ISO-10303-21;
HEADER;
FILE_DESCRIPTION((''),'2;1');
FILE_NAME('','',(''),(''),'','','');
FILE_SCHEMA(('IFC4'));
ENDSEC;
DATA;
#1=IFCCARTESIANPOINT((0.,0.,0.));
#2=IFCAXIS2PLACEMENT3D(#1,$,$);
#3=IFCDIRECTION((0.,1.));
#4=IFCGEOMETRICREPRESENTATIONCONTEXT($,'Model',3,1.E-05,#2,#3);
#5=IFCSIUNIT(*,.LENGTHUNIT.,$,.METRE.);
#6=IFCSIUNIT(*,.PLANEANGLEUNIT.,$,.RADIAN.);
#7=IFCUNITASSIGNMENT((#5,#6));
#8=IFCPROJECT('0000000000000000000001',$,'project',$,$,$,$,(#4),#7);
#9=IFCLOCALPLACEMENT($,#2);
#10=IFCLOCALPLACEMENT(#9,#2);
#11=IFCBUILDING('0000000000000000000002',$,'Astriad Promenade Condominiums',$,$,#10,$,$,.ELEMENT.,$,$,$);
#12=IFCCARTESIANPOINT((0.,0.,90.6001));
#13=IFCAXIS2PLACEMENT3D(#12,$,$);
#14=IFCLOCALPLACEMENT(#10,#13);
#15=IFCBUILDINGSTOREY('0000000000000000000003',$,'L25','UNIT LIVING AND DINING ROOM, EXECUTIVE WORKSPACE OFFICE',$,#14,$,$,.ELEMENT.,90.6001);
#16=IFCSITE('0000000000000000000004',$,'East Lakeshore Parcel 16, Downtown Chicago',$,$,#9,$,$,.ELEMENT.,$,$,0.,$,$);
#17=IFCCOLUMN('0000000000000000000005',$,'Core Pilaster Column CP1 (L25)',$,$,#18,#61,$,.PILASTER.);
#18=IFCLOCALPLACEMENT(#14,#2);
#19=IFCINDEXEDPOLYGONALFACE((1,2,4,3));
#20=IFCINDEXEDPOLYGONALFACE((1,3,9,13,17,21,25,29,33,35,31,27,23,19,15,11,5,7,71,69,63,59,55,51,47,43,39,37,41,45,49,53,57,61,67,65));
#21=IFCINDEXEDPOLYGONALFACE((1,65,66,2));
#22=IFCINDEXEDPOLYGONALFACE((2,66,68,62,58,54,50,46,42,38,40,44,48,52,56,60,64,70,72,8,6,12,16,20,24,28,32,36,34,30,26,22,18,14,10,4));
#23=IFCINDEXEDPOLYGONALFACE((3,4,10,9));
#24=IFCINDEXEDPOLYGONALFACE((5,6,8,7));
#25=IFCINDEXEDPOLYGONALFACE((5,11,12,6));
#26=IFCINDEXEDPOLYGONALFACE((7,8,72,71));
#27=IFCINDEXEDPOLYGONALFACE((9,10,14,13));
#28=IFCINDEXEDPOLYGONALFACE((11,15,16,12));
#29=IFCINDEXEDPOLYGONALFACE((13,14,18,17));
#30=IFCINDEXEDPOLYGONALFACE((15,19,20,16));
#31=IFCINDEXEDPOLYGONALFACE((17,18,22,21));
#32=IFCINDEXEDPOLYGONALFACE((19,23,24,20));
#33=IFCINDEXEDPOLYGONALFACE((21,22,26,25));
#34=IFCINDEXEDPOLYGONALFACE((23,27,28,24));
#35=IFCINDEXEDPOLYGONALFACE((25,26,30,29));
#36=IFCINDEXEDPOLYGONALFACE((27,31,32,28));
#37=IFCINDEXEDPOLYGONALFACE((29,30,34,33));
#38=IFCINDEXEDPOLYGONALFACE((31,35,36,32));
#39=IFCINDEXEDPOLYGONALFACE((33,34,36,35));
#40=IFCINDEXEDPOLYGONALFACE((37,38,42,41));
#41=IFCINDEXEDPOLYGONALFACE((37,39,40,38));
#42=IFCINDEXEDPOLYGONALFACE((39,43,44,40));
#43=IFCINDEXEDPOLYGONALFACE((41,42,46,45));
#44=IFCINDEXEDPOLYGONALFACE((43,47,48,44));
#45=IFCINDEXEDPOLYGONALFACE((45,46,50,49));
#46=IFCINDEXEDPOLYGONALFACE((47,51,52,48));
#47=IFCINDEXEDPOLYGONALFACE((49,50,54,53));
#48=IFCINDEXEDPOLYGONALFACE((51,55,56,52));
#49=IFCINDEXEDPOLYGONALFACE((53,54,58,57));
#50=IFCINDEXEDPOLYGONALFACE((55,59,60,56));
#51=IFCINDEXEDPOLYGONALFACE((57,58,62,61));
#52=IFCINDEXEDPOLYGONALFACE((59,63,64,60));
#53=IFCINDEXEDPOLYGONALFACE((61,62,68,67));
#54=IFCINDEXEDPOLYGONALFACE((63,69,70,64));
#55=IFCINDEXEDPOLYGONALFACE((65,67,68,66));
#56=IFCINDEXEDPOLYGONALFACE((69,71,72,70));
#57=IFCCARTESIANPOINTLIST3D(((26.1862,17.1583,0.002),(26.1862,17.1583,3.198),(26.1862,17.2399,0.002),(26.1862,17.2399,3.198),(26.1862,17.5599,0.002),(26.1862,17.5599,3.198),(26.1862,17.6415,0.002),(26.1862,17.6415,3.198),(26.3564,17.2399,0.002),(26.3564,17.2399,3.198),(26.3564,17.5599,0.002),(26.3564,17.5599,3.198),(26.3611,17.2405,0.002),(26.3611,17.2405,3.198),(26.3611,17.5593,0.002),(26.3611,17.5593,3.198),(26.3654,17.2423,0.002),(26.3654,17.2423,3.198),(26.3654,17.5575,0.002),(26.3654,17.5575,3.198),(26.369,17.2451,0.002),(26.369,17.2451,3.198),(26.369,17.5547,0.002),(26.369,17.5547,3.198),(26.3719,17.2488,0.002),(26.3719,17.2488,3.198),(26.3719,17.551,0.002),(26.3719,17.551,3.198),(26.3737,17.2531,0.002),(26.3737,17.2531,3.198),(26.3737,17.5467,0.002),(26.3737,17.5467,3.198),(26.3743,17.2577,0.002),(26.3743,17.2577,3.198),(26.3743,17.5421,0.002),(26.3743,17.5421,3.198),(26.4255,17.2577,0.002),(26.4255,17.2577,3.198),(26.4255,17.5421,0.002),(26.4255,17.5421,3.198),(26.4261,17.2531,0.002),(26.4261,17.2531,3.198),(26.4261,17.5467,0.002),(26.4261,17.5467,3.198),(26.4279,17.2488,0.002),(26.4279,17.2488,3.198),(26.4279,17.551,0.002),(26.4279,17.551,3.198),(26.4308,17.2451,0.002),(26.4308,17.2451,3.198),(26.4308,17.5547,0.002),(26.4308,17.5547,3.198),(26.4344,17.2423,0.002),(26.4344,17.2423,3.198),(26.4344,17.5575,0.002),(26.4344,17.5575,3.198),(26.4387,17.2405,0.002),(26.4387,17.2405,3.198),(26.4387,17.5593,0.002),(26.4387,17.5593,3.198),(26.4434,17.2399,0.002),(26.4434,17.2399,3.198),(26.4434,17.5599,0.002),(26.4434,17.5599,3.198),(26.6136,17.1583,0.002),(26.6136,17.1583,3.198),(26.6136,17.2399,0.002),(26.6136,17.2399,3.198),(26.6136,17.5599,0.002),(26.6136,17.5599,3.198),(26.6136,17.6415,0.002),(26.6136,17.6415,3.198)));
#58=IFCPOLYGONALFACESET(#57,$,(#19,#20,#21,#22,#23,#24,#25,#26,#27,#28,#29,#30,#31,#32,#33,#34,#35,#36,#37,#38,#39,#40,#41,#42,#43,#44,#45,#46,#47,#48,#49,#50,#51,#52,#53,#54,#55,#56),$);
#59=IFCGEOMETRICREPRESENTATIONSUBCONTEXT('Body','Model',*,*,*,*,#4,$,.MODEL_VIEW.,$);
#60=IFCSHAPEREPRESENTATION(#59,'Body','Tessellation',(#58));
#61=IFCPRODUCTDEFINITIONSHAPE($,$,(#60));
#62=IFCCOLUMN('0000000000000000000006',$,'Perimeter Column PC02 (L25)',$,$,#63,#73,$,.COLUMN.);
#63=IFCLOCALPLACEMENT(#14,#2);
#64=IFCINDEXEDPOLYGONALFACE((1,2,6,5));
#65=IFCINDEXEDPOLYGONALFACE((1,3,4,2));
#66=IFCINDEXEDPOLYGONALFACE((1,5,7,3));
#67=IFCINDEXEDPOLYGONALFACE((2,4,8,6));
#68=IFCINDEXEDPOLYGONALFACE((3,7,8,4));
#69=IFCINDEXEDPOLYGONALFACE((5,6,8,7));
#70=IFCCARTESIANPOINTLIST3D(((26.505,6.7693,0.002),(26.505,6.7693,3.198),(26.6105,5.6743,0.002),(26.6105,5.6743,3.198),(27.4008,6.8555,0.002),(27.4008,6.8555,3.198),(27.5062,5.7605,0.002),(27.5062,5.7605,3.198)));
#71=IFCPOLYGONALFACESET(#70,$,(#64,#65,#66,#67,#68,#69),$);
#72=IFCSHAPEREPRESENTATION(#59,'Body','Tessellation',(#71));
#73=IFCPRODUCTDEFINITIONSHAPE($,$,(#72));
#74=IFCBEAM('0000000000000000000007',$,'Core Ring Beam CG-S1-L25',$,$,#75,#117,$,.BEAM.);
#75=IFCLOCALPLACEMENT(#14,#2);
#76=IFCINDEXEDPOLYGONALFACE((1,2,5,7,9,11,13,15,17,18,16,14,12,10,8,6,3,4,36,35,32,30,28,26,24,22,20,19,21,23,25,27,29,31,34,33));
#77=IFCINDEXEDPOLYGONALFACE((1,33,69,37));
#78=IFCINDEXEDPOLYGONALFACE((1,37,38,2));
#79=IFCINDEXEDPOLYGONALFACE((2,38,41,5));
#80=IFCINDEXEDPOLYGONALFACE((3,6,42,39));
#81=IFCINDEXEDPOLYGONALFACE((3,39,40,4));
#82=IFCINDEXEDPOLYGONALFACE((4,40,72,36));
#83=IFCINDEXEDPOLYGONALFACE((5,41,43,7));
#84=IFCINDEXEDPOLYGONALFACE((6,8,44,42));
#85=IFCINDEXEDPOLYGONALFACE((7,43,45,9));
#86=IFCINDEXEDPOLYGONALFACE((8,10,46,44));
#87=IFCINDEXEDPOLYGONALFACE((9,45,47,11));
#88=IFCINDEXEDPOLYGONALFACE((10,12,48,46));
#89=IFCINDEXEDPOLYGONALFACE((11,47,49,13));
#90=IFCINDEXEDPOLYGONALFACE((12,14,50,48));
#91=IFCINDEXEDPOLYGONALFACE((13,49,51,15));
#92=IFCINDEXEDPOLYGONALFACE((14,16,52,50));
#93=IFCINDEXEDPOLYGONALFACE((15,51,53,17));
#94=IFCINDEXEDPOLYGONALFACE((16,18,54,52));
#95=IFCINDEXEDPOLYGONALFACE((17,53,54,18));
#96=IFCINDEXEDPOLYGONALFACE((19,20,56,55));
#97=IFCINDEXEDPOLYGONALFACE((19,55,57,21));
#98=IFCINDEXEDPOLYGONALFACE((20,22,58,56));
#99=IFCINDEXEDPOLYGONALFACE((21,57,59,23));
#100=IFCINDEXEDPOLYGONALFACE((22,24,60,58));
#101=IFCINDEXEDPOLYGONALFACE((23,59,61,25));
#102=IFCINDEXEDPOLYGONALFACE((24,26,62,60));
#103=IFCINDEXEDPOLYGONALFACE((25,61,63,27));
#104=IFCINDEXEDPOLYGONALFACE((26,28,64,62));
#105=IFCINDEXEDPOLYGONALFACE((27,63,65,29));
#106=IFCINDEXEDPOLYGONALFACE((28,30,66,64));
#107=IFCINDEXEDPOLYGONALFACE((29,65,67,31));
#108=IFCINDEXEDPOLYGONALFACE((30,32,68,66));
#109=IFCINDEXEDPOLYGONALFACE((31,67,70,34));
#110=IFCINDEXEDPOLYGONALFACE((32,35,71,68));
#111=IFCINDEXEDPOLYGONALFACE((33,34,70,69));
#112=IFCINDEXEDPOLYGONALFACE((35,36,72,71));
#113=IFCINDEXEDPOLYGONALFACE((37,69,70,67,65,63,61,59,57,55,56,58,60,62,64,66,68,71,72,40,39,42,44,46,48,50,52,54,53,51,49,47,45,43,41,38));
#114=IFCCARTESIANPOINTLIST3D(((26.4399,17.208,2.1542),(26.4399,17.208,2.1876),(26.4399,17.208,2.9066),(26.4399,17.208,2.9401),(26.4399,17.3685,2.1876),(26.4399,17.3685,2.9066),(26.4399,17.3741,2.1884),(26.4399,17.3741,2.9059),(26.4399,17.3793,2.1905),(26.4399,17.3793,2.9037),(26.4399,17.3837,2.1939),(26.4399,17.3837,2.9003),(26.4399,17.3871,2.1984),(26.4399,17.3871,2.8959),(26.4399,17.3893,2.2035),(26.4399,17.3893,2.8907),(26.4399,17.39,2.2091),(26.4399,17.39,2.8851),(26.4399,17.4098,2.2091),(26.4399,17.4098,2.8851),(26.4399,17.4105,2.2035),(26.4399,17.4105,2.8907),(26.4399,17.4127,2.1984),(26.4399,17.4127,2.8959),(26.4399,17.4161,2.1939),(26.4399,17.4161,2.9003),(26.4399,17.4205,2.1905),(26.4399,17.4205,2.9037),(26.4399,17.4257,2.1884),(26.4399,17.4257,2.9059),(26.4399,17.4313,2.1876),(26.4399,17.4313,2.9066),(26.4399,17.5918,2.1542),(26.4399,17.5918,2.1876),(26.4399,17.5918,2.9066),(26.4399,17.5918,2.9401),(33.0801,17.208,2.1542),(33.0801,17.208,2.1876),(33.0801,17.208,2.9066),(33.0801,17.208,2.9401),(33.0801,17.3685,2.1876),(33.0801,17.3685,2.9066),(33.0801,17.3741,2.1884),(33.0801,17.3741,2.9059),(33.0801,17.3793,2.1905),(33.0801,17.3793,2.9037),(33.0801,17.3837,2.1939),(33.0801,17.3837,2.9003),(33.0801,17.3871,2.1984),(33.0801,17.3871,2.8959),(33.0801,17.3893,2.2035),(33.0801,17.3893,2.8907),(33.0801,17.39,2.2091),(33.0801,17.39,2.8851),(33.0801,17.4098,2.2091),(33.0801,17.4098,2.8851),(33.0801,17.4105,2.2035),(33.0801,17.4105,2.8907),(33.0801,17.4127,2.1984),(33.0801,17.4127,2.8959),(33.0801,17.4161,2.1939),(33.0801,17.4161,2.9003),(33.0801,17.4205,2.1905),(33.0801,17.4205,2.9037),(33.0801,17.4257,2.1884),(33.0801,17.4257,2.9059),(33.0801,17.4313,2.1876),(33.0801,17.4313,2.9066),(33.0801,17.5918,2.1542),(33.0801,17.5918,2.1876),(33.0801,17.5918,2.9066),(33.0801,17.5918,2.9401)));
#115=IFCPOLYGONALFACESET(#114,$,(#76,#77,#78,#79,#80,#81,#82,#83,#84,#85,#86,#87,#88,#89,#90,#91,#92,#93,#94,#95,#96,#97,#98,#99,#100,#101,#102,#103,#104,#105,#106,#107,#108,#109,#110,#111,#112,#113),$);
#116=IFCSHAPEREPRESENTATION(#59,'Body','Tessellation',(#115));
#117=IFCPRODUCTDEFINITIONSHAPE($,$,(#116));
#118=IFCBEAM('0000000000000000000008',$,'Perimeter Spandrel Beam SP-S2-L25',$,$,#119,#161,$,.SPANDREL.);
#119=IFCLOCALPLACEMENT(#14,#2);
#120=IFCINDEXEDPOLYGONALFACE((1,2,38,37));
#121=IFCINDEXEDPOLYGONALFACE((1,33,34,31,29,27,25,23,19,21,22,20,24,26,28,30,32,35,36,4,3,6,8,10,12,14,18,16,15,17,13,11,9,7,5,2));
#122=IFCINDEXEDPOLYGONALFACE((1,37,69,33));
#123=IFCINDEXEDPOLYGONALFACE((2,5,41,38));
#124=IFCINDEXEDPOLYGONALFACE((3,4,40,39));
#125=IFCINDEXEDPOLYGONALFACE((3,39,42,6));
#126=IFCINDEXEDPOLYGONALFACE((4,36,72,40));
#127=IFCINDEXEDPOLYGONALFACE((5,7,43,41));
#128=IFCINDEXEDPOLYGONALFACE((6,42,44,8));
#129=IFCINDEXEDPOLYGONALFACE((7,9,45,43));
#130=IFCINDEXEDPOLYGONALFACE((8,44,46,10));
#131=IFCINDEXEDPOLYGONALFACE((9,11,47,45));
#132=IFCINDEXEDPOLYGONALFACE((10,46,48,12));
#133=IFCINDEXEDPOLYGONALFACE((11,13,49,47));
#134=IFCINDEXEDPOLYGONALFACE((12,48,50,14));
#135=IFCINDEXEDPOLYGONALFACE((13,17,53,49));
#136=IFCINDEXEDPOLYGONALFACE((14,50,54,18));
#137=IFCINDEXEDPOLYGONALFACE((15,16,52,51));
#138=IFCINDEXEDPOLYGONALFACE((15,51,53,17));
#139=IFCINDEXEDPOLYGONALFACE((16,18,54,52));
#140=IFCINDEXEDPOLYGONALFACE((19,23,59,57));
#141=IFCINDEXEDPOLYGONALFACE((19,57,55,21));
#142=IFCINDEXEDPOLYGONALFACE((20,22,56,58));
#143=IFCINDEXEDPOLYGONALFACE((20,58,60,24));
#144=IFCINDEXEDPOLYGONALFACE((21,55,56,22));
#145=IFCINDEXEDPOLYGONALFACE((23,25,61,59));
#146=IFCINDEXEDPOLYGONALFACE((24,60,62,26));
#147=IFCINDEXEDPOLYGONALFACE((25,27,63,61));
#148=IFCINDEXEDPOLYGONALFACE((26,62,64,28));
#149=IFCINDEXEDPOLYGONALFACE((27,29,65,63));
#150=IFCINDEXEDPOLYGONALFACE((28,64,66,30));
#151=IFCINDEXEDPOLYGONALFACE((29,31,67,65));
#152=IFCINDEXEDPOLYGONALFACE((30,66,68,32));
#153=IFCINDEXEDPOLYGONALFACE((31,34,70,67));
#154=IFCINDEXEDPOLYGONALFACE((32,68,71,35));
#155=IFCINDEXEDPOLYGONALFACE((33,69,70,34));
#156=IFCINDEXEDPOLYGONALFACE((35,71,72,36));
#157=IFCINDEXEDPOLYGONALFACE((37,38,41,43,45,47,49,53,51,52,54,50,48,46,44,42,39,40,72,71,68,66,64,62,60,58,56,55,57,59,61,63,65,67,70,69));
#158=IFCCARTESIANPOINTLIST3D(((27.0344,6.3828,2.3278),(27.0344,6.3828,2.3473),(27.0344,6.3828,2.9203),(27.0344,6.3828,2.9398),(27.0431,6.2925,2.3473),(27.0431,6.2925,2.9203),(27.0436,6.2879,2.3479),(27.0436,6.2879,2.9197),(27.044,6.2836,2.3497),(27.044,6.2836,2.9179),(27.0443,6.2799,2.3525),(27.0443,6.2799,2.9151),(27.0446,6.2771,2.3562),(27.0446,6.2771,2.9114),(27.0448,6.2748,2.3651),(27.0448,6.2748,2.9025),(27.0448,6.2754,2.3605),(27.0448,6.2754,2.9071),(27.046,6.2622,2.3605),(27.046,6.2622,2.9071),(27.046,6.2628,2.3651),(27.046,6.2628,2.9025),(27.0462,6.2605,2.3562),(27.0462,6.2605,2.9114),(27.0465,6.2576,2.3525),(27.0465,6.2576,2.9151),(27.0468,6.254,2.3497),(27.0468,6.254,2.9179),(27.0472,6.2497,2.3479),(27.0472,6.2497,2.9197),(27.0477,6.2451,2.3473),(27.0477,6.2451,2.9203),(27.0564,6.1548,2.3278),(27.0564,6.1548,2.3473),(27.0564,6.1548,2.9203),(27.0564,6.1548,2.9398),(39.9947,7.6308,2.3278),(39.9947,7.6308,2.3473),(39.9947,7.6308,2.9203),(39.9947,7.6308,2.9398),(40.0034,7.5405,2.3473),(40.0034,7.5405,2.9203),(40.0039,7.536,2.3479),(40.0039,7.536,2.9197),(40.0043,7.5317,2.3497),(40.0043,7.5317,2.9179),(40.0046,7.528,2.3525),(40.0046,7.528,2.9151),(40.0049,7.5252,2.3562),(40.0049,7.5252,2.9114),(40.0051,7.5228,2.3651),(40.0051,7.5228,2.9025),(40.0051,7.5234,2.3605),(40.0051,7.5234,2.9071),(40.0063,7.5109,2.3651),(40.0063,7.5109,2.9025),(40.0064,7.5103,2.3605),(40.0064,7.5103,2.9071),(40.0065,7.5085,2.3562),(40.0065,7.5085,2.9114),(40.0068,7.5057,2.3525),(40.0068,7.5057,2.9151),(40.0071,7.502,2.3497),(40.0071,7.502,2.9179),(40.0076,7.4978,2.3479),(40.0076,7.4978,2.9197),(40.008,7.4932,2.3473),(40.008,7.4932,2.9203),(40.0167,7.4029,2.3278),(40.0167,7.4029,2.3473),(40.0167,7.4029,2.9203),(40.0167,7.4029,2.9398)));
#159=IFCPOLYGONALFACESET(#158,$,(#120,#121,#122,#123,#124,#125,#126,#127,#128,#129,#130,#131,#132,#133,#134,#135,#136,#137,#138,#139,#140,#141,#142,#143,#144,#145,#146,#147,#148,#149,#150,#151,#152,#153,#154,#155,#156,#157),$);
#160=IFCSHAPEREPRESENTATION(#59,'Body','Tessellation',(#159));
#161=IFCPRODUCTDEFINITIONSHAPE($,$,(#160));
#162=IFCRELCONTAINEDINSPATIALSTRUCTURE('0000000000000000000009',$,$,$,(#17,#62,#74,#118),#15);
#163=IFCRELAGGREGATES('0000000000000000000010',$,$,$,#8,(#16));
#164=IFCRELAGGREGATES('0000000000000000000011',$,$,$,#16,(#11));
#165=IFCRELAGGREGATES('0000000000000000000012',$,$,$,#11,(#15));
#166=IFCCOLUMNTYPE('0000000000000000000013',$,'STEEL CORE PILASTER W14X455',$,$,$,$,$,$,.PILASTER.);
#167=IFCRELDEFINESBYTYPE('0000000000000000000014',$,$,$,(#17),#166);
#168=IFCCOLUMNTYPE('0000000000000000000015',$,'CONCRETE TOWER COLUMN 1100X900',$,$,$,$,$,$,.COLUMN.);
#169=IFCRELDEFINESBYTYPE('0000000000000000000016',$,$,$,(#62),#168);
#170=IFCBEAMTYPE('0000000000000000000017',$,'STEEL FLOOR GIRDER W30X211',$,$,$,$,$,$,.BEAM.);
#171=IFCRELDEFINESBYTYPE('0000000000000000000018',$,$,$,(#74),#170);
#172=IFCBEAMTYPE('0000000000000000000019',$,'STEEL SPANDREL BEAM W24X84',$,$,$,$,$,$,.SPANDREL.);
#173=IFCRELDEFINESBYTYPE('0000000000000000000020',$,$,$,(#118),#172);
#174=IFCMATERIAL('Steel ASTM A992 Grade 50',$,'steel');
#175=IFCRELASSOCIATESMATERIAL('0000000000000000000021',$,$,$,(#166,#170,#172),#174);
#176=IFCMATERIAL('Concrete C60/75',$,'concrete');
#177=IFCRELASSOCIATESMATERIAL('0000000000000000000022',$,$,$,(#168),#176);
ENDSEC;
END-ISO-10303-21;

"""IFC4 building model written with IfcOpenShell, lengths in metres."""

from ifc_helpers import new_model, si_unit, direction, frame, origin, origin_2d, place, context, subcontext, project, spatial, rectangle, i_section, extrude, source, transform, mapped, material, material_profile, profile_set, type_object, type_shapes, element, save


model = new_model("IFC4")

# Units and contexts
model_context = context("Model", 3, precision=1e-05, world=origin(), true_north=direction((0.0, 1.0)))
body_context = subcontext(model_context, "Body", "Model", "MODEL_VIEW")
ifc_project = project(units=[si_unit("LENGTHUNIT", "METRE"), si_unit("PLANEANGLEUNIT", "RADIAN")], contexts=[model_context])

# Site, building, storey
site_placement = place(None, origin())
site = spatial("IfcSite", under=ifc_project, at=site_placement, Name="East Lakeshore Parcel 16, Downtown Chicago", CompositionType="ELEMENT", RefElevation=0.0)
building_placement = place(site_placement, origin())
building = spatial("IfcBuilding", under=site, at=building_placement, Name="Astriad Promenade Condominiums", CompositionType="ELEMENT")
storey_placement = place(building_placement, frame((0.0, 0.0, 90.6001)))
storey = spatial("IfcBuildingStorey", under=building, at=storey_placement, Name="L25", Description="UNIT LIVING AND DINING ROOM, EXECUTIVE WORKSPACE OFFICE", CompositionType="ELEMENT", Elevation=90.6001)

# Columns
ifc_material_1 = material(Name="Steel ASTM A992 Grade 50", Category="steel")
ifc_material_profile_1 = material_profile(ifc_material_1, i_section(OverallWidth=0.4275, OverallDepth=0.4832, WebThickness=0.0513, FlangeThickness=0.0815, FilletRadius=0.0178, at=origin_2d()), Name="W14X455")
ifc_profile_set_1 = profile_set([ifc_material_profile_1], Name="Steel ASTM A992 Grade 50")
column_type_1 = type_object("IfcColumnType", Name="STEEL CORE PILASTER W14X455", PredefinedType="PILASTER", material=ifc_profile_set_1)
shared_shape_1 = source(origin(), body_context, "Body", "SweptSolid", [
    extrude(i_section(OverallWidth=0.4275, OverallDepth=0.4832, WebThickness=0.0513, FlangeThickness=0.0815, FilletRadius=0.0178, at=origin_2d()), origin(), (0.0, 0.0, 1.0), 3.196),
])
type_shapes(column_type_1, [shared_shape_1])
column_1_placement = place(storey_placement, frame((26.3999, 17.3999, 0.002), z_axis=(0.0, 0.0, 1.0), x_axis=(1.0, 0.0, 0.0)))
element("IfcColumn", 1, at=column_1_placement, inside=storey, type_object=column_type_1, Name="Core Pilaster Column CP1 (L25)", PredefinedType="PILASTER", context=body_context, shape_type="MappedRepresentation", body=[
    mapped(shared_shape_1, transform((0.0, 0.0, 0.0), scale=1.0)),
])
ifc_material_2 = material(Name="Concrete C60/75", Category="concrete")
ifc_material_profile_2 = material_profile(ifc_material_2, rectangle(XDim=0.8999, YDim=1.1001, at=origin_2d()), Name="RC-COL-1100X900")
ifc_profile_set_2 = profile_set([ifc_material_profile_2], Name="Concrete C60/75")
column_type_2 = type_object("IfcColumnType", Name="CONCRETE TOWER COLUMN 1100X900", PredefinedType="COLUMN", material=ifc_profile_set_2)
shared_shape_2 = source(origin(), body_context, "Body", "SweptSolid", [
    extrude(rectangle(XDim=0.8999, YDim=1.1001, at=origin_2d()), origin(), (0.0, 0.0, 1.0), 3.196),
])
type_shapes(column_type_2, [shared_shape_2])
column_2_placement = place(storey_placement, frame((27.0056, 6.2649, 0.002), z_axis=(0.0, 0.0, 1.0), x_axis=(0.995396, 0.095846, 0.0)))
element("IfcColumn", 2, at=column_2_placement, inside=storey, type_object=column_type_2, Name="Perimeter Column PC02 (L25)", PredefinedType="COLUMN", context=body_context, shape_type="MappedRepresentation", body=[
    mapped(shared_shape_2, transform((0.0, 0.0, 0.0), scale=1.0)),
])

# Beams
ifc_material_profile_3 = material_profile(ifc_material_1, i_section(OverallWidth=0.3838, OverallDepth=0.7859, WebThickness=0.0198, FlangeThickness=0.0334, FilletRadius=0.0215, at=origin_2d()), Name="W30X211")
ifc_profile_set_3 = profile_set([ifc_material_profile_3], Name="Steel ASTM A992 Grade 50")
beam_type_1 = type_object("IfcBeamType", Name="STEEL FLOOR GIRDER W30X211", PredefinedType="BEAM", material=ifc_profile_set_3)
shared_shape_3 = source(origin(), body_context, "Body", "SweptSolid", [
    extrude(i_section(OverallWidth=0.3838, OverallDepth=0.7859, WebThickness=0.0198, FlangeThickness=0.0334, FilletRadius=0.0215, at=origin_2d()), origin(), (0.0, 0.0, 1.0), 6.6401),
])
type_shapes(beam_type_1, [shared_shape_3])
beam_1_placement = place(storey_placement, frame((26.4399, 17.3999, 2.5471), z_axis=(1.0, 0.0, 0.0), x_axis=(0.0, 1.0, 0.0)))
element("IfcBeam", 3, at=beam_1_placement, inside=storey, type_object=beam_type_1, Name="Core Ring Beam CG-S1-L25", PredefinedType="BEAM", context=body_context, shape_type="MappedRepresentation", body=[
    mapped(shared_shape_3, transform((0.0, 0.0, 0.0), scale=1.0)),
])
ifc_material_profile_4 = material_profile(ifc_material_1, i_section(OverallWidth=0.229, OverallDepth=0.6121, WebThickness=0.012, FlangeThickness=0.0195, FilletRadius=0.0178, at=origin_2d()), Name="W24X84")
ifc_profile_set_4 = profile_set([ifc_material_profile_4], Name="Steel ASTM A992 Grade 50")
beam_type_2 = type_object("IfcBeamType", Name="STEEL SPANDREL BEAM W24X84", PredefinedType="SPANDREL", material=ifc_profile_set_4)
shared_shape_4 = source(origin(), body_context, "Body", "SweptSolid", [
    extrude(i_section(OverallWidth=0.229, OverallDepth=0.6121, WebThickness=0.012, FlangeThickness=0.0195, FilletRadius=0.0178, at=origin_2d()), origin(), (0.0, 0.0, 1.0), 13.0203),
])
type_shapes(beam_type_2, [shared_shape_4])
beam_2_placement = place(storey_placement, frame((27.0454, 6.2688, 2.6338), z_axis=(0.995395, 0.095855, 0.0), x_axis=(-0.095855, 0.995395, 0.0)))
element("IfcBeam", 4, at=beam_2_placement, inside=storey, type_object=beam_type_2, Name="Perimeter Spandrel Beam SP-S2-L25", PredefinedType="SPANDREL", context=body_context, shape_type="MappedRepresentation", body=[
    mapped(shared_shape_4, transform((0.0, 0.0, 0.0), scale=1.0)),
])

save(model, "model.ifc")
